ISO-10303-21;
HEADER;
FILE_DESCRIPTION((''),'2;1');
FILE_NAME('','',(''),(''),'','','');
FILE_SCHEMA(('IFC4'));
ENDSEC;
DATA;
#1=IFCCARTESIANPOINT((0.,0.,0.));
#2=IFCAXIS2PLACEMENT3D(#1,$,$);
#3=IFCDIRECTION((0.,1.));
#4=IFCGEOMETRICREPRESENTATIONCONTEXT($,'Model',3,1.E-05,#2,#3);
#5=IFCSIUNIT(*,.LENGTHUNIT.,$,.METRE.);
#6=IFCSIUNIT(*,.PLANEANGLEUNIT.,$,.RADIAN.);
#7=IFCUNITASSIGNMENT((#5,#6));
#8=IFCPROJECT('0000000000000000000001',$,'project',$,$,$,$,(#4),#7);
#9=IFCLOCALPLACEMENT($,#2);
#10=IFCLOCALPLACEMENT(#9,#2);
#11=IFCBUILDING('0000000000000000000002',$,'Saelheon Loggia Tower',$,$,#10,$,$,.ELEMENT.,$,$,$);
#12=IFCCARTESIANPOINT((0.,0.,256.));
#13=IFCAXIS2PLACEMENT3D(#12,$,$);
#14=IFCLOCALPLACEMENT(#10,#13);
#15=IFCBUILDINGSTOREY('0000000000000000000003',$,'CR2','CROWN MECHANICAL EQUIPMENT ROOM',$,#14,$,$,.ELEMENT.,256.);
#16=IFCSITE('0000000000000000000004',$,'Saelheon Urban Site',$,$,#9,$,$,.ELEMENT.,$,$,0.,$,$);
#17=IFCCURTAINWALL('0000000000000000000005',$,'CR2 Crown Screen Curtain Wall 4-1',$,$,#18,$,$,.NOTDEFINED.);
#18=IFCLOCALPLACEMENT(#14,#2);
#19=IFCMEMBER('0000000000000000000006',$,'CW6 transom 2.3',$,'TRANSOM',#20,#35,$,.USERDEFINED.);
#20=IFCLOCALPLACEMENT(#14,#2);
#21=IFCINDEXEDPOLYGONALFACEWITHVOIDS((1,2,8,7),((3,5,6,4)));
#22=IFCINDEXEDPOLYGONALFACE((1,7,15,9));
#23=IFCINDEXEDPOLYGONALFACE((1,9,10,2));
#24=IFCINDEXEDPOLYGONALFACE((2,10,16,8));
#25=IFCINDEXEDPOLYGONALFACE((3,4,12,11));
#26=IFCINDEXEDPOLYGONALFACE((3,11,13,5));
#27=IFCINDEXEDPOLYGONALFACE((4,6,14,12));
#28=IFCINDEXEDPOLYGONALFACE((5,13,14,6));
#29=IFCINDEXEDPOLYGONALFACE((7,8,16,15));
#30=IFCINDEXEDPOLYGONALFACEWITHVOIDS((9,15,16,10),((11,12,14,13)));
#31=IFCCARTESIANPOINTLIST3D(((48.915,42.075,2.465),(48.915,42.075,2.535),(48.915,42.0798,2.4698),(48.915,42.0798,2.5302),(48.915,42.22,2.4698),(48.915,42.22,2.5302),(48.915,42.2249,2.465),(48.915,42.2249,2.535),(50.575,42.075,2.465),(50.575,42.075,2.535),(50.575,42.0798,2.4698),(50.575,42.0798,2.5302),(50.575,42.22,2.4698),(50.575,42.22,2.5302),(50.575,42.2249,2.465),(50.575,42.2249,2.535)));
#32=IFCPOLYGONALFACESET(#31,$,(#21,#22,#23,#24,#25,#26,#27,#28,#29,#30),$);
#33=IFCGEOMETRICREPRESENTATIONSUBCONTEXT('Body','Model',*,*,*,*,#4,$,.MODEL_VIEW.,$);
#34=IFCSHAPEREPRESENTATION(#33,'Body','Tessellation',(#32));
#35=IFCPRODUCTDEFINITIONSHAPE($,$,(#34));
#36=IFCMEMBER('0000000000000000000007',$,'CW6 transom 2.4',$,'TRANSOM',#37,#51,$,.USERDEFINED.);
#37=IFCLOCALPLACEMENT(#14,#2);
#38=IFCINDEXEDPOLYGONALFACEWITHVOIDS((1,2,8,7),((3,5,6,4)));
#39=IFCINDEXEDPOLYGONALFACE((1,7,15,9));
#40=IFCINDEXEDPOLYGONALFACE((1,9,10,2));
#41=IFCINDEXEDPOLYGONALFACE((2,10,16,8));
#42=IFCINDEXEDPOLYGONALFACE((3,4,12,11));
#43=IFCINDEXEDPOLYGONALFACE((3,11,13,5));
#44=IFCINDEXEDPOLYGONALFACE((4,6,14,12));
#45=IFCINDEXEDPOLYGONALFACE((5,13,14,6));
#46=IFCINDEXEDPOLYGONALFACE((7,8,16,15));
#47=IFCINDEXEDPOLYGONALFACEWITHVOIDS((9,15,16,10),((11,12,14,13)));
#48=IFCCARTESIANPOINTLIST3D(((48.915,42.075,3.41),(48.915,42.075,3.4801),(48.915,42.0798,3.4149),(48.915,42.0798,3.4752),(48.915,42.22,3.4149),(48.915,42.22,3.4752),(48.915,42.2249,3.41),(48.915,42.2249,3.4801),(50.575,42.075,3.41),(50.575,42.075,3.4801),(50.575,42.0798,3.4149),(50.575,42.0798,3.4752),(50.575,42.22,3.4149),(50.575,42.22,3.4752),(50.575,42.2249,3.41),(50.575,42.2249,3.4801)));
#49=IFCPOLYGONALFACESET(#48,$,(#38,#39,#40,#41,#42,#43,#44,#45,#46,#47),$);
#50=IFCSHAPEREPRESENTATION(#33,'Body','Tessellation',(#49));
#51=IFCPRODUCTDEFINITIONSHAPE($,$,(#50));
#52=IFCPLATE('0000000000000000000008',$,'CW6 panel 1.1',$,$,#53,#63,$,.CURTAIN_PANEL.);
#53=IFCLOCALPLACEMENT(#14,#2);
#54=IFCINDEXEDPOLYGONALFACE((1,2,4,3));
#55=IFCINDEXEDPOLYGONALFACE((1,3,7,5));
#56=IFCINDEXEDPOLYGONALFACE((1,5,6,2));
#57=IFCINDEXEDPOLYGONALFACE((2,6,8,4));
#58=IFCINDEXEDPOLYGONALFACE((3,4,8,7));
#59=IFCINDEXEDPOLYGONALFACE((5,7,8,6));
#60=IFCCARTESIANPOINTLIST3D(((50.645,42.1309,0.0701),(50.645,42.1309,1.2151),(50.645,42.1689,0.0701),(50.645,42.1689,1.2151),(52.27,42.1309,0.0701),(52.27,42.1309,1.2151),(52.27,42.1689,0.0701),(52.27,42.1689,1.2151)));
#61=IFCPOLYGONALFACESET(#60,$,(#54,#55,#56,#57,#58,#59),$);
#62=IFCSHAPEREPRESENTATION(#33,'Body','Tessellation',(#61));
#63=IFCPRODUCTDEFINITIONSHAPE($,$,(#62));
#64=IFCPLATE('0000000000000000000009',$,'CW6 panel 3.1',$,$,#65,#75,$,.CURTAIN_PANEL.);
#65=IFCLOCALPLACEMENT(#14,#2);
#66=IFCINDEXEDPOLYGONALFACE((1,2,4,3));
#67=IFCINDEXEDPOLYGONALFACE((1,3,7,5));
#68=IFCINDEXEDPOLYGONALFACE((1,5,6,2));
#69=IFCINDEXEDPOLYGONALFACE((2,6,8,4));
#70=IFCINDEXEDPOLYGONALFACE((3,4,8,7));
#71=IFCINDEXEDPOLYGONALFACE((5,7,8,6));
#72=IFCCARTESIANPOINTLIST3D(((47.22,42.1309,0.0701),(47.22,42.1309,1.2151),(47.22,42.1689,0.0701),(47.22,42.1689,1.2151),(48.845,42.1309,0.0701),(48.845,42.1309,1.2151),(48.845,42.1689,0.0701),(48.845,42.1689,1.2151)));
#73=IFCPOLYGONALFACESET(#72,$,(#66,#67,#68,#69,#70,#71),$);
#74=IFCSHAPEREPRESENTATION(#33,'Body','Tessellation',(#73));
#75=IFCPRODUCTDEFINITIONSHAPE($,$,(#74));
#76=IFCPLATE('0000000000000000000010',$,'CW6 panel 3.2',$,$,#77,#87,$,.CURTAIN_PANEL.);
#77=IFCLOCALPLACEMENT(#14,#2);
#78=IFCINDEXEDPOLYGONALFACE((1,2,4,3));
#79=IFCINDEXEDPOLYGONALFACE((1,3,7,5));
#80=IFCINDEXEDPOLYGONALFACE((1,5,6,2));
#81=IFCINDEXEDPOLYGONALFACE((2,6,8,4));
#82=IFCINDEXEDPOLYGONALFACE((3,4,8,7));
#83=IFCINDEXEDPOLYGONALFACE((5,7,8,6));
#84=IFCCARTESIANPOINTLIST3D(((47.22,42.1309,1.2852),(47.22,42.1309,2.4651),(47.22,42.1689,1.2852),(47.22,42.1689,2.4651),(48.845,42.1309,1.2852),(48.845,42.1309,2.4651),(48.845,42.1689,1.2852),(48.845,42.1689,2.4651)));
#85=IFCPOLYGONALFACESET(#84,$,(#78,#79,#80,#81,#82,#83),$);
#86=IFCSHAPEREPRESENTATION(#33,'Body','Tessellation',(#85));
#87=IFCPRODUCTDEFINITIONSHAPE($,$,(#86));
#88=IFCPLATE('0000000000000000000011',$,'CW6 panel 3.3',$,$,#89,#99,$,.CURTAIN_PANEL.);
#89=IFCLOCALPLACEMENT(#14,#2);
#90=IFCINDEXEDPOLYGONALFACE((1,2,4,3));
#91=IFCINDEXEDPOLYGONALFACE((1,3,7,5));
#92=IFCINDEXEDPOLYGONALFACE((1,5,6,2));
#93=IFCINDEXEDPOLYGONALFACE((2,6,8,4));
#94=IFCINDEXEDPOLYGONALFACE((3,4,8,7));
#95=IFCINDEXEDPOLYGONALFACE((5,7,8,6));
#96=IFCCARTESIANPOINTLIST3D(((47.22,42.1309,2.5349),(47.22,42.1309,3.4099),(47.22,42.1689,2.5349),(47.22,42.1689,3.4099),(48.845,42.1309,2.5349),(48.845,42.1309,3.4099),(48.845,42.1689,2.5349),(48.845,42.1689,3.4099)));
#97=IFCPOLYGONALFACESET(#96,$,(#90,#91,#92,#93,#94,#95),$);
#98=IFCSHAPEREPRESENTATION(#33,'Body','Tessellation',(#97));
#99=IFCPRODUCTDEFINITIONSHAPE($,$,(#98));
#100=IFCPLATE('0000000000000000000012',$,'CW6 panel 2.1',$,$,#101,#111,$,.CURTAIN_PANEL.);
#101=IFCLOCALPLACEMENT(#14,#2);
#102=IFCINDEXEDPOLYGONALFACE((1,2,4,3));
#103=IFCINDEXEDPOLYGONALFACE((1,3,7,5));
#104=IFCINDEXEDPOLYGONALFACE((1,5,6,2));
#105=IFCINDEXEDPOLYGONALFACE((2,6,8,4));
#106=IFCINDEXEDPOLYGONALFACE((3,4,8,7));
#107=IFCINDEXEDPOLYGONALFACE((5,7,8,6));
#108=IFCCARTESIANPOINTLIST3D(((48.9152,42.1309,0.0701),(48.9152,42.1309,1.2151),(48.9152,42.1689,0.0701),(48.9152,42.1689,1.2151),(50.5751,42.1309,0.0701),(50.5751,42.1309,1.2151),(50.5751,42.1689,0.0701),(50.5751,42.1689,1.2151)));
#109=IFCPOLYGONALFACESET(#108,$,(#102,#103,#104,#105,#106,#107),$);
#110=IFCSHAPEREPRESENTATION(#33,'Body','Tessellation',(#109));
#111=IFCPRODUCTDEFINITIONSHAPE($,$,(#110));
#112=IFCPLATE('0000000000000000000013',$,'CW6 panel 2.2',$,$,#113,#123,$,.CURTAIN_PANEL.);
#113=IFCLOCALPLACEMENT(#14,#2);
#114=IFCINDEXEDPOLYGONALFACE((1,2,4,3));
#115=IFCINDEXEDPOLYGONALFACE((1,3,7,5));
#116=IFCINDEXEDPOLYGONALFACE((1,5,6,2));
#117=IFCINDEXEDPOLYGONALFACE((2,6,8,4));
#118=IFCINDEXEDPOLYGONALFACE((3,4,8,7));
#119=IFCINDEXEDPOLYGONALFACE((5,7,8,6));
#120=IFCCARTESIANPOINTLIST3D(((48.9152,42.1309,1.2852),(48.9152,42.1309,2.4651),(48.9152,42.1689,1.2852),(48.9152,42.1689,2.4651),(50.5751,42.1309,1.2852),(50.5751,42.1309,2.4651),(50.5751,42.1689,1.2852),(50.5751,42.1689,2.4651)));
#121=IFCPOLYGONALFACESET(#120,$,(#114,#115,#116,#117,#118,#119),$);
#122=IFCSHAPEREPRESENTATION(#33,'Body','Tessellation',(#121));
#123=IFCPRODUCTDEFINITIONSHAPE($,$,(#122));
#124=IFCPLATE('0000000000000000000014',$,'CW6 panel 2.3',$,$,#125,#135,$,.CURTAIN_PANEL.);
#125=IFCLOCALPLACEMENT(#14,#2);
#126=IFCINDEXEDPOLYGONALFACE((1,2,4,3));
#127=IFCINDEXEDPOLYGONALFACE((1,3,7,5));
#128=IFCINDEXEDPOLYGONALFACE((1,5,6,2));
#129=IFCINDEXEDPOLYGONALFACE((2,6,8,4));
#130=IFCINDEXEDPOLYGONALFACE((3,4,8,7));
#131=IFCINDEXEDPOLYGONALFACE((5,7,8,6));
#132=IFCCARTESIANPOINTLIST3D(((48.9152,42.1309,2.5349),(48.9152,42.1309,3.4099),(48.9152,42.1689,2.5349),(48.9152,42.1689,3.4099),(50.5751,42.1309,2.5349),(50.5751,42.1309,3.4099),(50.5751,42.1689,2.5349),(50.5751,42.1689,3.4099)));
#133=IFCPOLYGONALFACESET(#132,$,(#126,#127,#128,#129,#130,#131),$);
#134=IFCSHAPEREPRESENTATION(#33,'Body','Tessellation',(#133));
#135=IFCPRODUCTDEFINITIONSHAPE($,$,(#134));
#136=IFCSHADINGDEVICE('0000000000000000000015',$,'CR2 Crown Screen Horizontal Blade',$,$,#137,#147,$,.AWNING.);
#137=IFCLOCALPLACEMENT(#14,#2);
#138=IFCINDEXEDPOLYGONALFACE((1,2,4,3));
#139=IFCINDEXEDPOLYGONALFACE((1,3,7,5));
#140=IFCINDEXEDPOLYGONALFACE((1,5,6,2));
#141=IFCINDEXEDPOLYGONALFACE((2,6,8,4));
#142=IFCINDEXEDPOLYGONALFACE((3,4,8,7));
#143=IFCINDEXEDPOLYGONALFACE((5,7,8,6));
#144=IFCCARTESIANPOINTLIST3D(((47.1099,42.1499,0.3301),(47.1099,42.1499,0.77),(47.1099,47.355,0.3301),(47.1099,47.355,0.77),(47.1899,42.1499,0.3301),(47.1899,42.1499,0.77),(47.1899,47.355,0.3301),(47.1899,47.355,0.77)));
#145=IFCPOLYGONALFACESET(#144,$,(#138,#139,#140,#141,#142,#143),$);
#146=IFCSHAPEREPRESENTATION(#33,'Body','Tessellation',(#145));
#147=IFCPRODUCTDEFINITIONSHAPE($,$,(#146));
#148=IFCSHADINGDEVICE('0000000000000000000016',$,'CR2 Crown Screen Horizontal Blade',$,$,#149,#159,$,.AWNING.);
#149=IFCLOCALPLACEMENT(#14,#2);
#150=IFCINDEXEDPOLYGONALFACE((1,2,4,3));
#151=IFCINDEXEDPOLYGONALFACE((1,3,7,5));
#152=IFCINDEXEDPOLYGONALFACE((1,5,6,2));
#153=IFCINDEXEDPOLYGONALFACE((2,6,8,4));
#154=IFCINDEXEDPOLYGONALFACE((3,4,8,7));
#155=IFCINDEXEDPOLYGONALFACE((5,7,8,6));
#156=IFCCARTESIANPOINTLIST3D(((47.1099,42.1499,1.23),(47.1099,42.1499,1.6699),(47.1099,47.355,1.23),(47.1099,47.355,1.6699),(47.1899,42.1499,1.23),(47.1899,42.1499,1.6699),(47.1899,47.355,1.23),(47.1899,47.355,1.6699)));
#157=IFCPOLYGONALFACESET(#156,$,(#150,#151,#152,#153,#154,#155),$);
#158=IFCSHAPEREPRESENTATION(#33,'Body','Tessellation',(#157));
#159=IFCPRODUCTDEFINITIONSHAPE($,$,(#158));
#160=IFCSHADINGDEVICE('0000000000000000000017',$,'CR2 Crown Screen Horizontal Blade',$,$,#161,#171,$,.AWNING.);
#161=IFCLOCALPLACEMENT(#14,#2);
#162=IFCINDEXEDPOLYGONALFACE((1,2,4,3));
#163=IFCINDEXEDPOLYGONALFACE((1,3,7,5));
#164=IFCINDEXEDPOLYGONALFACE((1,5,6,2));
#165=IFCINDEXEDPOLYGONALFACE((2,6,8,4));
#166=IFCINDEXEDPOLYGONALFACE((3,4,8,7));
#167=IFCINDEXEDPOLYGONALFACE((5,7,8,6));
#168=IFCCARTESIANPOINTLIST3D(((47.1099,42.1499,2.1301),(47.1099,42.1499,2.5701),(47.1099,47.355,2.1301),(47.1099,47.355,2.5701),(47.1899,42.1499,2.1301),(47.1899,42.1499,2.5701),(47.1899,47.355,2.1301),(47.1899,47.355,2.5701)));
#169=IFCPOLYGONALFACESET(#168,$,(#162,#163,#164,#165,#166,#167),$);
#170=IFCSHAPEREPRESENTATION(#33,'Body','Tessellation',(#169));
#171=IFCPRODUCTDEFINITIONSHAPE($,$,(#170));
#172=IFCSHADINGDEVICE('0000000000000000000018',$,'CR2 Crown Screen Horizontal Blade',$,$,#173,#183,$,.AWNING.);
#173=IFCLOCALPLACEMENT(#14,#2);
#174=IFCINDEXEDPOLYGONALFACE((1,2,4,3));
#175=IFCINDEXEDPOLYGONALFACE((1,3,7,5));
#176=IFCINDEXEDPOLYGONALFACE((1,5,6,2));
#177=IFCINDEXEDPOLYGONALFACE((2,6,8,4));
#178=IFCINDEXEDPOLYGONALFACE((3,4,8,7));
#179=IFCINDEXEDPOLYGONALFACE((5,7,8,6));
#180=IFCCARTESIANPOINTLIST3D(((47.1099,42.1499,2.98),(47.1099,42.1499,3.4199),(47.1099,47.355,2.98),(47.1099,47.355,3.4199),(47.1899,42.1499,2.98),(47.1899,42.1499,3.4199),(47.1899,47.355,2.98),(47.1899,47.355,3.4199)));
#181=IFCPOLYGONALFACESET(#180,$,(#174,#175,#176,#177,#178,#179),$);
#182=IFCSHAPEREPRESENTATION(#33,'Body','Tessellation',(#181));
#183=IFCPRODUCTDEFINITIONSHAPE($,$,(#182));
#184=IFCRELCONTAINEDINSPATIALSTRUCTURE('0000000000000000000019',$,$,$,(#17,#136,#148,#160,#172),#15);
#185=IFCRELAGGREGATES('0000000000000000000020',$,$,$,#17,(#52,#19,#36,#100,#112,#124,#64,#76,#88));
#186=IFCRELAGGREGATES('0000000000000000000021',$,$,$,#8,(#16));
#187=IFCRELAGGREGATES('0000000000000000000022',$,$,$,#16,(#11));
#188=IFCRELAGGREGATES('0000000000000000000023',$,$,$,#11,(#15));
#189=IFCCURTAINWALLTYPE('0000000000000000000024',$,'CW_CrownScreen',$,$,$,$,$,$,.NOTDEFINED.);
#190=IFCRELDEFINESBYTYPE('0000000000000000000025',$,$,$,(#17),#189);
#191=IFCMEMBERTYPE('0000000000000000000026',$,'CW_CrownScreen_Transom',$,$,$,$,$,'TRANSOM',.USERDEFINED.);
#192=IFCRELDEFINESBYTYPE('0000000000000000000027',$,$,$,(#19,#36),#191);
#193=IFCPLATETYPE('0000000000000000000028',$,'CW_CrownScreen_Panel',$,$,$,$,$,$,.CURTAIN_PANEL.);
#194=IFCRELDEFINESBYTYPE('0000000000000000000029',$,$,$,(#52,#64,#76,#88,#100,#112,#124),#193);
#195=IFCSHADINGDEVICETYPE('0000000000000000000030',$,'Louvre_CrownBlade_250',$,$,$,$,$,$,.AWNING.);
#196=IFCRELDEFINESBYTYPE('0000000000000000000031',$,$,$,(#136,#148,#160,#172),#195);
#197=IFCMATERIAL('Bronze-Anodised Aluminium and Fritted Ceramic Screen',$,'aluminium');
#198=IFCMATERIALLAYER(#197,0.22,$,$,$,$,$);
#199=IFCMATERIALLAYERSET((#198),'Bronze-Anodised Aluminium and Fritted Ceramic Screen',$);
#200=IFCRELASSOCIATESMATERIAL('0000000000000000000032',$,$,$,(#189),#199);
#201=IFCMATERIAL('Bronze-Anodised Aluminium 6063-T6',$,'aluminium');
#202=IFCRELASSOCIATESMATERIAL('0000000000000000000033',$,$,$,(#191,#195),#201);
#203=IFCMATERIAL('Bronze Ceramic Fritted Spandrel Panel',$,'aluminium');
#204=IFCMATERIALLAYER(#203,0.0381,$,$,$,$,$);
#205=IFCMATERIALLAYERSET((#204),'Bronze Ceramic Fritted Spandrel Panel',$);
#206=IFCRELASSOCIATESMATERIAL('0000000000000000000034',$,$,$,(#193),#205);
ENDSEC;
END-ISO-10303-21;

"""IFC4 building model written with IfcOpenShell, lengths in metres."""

from ifc_helpers import new_model, si_unit, direction, frame, origin, origin_2d, place, context, subcontext, project, spatial, rectangle, hollow_rectangle, extrude, source, transform, mapped, material, layer, layer_set, material_profile, profile_set, type_object, element, aggregate, save


model = new_model("IFC4")

# Units and contexts
model_context = context("Model", 3, precision=1e-05, world=origin(), true_north=direction((0.0, 1.0)))
body_context = subcontext(model_context, "Body", "Model", "MODEL_VIEW")
ifc_project = project(units=[si_unit("LENGTHUNIT", "METRE"), si_unit("PLANEANGLEUNIT", "RADIAN")], contexts=[model_context])

# Site, building, storey
site_placement = place(None, origin())
site = spatial("IfcSite", under=ifc_project, at=site_placement, Name="Saelheon Urban Site", CompositionType="ELEMENT", RefElevation=0.0)
building_placement = place(site_placement, origin())
building = spatial("IfcBuilding", under=site, at=building_placement, Name="Saelheon Loggia Tower", CompositionType="ELEMENT")
storey_placement = place(building_placement, frame((0.0, 0.0, 256.0)))
storey = spatial("IfcBuildingStorey", under=building, at=storey_placement, Name="CR2", Description="CROWN MECHANICAL EQUIPMENT ROOM", CompositionType="ELEMENT", Elevation=256.0)

# Curtain wall, members, plates
ifc_material_1 = material(Name="Bronze-Anodised Aluminium and Fritted Ceramic Screen", Category="aluminium")
ifc_layer_1 = layer(ifc_material_1, 0.22)
ifc_layer_set_1 = layer_set([ifc_layer_1], Name="Bronze-Anodised Aluminium and Fritted Ceramic Screen")
curtain_wall_type = type_object("IfcCurtainWallType", Name="CW_CrownScreen", PredefinedType="NOTDEFINED", material=ifc_layer_set_1)
curtain_wall_placement = place(storey_placement, origin())
curtain_wall = element("IfcCurtainWall", 1, at=curtain_wall_placement, inside=storey, type_object=curtain_wall_type, Name="CR2 Crown Screen Curtain Wall 4-1", PredefinedType="NOTDEFINED")
ifc_material_2 = material(Name="Bronze-Anodised Aluminium 6063-T6", Category="aluminium")
ifc_material_profile_1 = material_profile(ifc_material_2, hollow_rectangle(XDim=0.0701, YDim=0.1499, WallThickness=0.0049, at=origin_2d()), Name="RHS-150x70x5")
ifc_profile_set_1 = profile_set([ifc_material_profile_1], Name="Bronze-Anodised Aluminium 6063-T6")
member_type_1 = type_object("IfcMemberType", Name="CW_CrownScreen_Transom", ElementType="TRANSOM", PredefinedType="USERDEFINED", material=ifc_profile_set_1)
shared_shape_1 = source(origin(), body_context, "Body", "SweptSolid", [
    extrude(hollow_rectangle(XDim=0.0701, YDim=0.1499, WallThickness=0.0049, at=origin_2d()), origin(), (0.0, 0.0, 1.0), 1.6599),
])
member_1_placement = place(storey_placement, frame((50.575, 42.1499, 2.5), z_axis=(-1.0, 0.0, 0.0), x_axis=(0.0, 0.0, 1.0)))
member_1 = element("IfcMember", 2, at=member_1_placement, type_object=member_type_1, Name="CW6 transom 2.3", ObjectType="TRANSOM", PredefinedType="USERDEFINED", context=body_context, shape_type="MappedRepresentation", body=[
    mapped(shared_shape_1, transform((0.0, 0.0, 0.0), scale=1.0)),
])
member_2_placement = place(storey_placement, frame((50.575, 42.1499, 3.4451), z_axis=(-1.0, 0.0, 0.0), x_axis=(0.0, 0.0, 1.0)))
member_2 = element("IfcMember", 3, at=member_2_placement, type_object=member_type_1, Name="CW6 transom 2.4", ObjectType="TRANSOM", PredefinedType="USERDEFINED", context=body_context, shape_type="MappedRepresentation", body=[
    mapped(shared_shape_1, transform((0.0, 0.0, 0.0), scale=1.0)),
])
ifc_material_3 = material(Name="Bronze Ceramic Fritted Spandrel Panel", Category="aluminium")
ifc_layer_2 = layer(ifc_material_3, 0.0381)
ifc_layer_set_2 = layer_set([ifc_layer_2], Name="Bronze Ceramic Fritted Spandrel Panel")
plate_type = type_object("IfcPlateType", Name="CW_CrownScreen_Panel", PredefinedType="CURTAIN_PANEL", material=ifc_layer_set_2)
shared_shape_2 = source(origin(), body_context, "Body", "SweptSolid", [
    extrude(rectangle(XDim=1.625, YDim=0.0381, at=origin_2d()), origin(), (0.0, 0.0, 1.0), 1.145),
])
plate_1_placement = place(storey_placement, frame((51.4575, 42.1499, 0.0701), z_axis=(0.0, 0.0, 1.0), x_axis=(-1.0, 0.0, 0.0)))
plate_1 = element("IfcPlate", 4, at=plate_1_placement, type_object=plate_type, Name="CW6 panel 1.1", PredefinedType="CURTAIN_PANEL", context=body_context, shape_type="MappedRepresentation", body=[
    mapped(shared_shape_2, transform((0.0, 0.0, 0.0), scale=1.0)),
])
plate_2_placement = place(storey_placement, frame((48.0325, 42.1499, 0.0701), z_axis=(0.0, 0.0, 1.0), x_axis=(-1.0, 0.0, 0.0)))
plate_2 = element("IfcPlate", 5, at=plate_2_placement, type_object=plate_type, Name="CW6 panel 3.1", PredefinedType="CURTAIN_PANEL", context=body_context, shape_type="MappedRepresentation", body=[
    mapped(shared_shape_2, transform((0.0, 0.0, 0.0), scale=1.0)),
])
shared_shape_3 = source(origin(), body_context, "Body", "SweptSolid", [
    extrude(rectangle(XDim=1.625, YDim=0.0381, at=origin_2d()), origin(), (0.0, 0.0, 1.0), 1.1799),
])
plate_3_placement = place(storey_placement, frame((48.0325, 42.1499, 1.2852), z_axis=(0.0, 0.0, 1.0), x_axis=(-1.0, 0.0, 0.0)))
plate_3 = element("IfcPlate", 6, at=plate_3_placement, type_object=plate_type, Name="CW6 panel 3.2", PredefinedType="CURTAIN_PANEL", context=body_context, shape_type="MappedRepresentation", body=[
    mapped(shared_shape_3, transform((0.0, 0.0, 0.0), scale=1.0)),
])
shared_shape_4 = source(origin(), body_context, "Body", "SweptSolid", [
    extrude(rectangle(XDim=1.625, YDim=0.0381, at=origin_2d()), origin(), (0.0, 0.0, 1.0), 0.875),
])
plate_4_placement = place(storey_placement, frame((48.0325, 42.1499, 2.5349), z_axis=(0.0, 0.0, 1.0), x_axis=(-1.0, 0.0, 0.0)))
plate_4 = element("IfcPlate", 7, at=plate_4_placement, type_object=plate_type, Name="CW6 panel 3.3", PredefinedType="CURTAIN_PANEL", context=body_context, shape_type="MappedRepresentation", body=[
    mapped(shared_shape_4, transform((0.0, 0.0, 0.0), scale=1.0)),
])
shared_shape_5 = source(origin(), body_context, "Body", "SweptSolid", [
    extrude(rectangle(XDim=1.6599, YDim=0.0381, at=origin_2d()), origin(), (0.0, 0.0, 1.0), 1.145),
])
plate_5_placement = place(storey_placement, frame((49.7451, 42.1499, 0.0701), z_axis=(0.0, 0.0, 1.0), x_axis=(-1.0, 0.0, 0.0)))
plate_5 = element("IfcPlate", 8, at=plate_5_placement, type_object=plate_type, Name="CW6 panel 2.1", PredefinedType="CURTAIN_PANEL", context=body_context, shape_type="MappedRepresentation", body=[
    mapped(shared_shape_5, transform((0.0, 0.0, 0.0), scale=1.0)),
])
shared_shape_6 = source(origin(), body_context, "Body", "SweptSolid", [
    extrude(rectangle(XDim=1.6599, YDim=0.0381, at=origin_2d()), origin(), (0.0, 0.0, 1.0), 1.1799),
])
plate_6_placement = place(storey_placement, frame((49.7451, 42.1499, 1.2852), z_axis=(0.0, 0.0, 1.0), x_axis=(-1.0, 0.0, 0.0)))
plate_6 = element("IfcPlate", 9, at=plate_6_placement, type_object=plate_type, Name="CW6 panel 2.2", PredefinedType="CURTAIN_PANEL", context=body_context, shape_type="MappedRepresentation", body=[
    mapped(shared_shape_6, transform((0.0, 0.0, 0.0), scale=1.0)),
])
shared_shape_7 = source(origin(), body_context, "Body", "SweptSolid", [
    extrude(rectangle(XDim=1.6599, YDim=0.0381, at=origin_2d()), origin(), (0.0, 0.0, 1.0), 0.875),
])
plate_7_placement = place(storey_placement, frame((49.7451, 42.1499, 2.5349), z_axis=(0.0, 0.0, 1.0), x_axis=(-1.0, 0.0, 0.0)))
plate_7 = element("IfcPlate", 10, at=plate_7_placement, type_object=plate_type, Name="CW6 panel 2.3", PredefinedType="CURTAIN_PANEL", context=body_context, shape_type="MappedRepresentation", body=[
    mapped(shared_shape_7, transform((0.0, 0.0, 0.0), scale=1.0)),
])
aggregate(curtain_wall, [plate_1, member_1, member_2, plate_5, plate_6, plate_7, plate_2, plate_3, plate_4])

# Shading devices
ifc_material_profile_2 = material_profile(ifc_material_2, rectangle(XDim=0.0801, YDim=0.4399, at=origin_2d()), Name="Louvre_CrownBlade_250")
ifc_profile_set_2 = profile_set([ifc_material_profile_2], Name="Bronze-Anodised Aluminium 6063-T6")
shading_device_type = type_object("IfcShadingDeviceType", Name="Louvre_CrownBlade_250", PredefinedType="AWNING", material=ifc_profile_set_2)
shared_shape_8 = source(origin(), body_context, "Body", "SweptSolid", [
    extrude(rectangle(XDim=0.0801, YDim=0.4399, at=origin_2d()), origin(), (0.0, 0.0, 1.0), 5.2051),
])
for number, where, z_axis, x_axis, name in (
    (11, (47.1499, 42.1499, 0.55), (0.0, 1.0, 0.0), (-1.0, 0.0, 0.0), "CR2 Crown Screen Horizontal Blade"),
    (12, (47.1499, 42.1499, 1.45), (0.0, 1.0, 0.0), (-1.0, 0.0, 0.0), "CR2 Crown Screen Horizontal Blade"),
    (13, (47.1499, 42.1499, 2.3501), (0.0, 1.0, 0.0), (-1.0, 0.0, 0.0), "CR2 Crown Screen Horizontal Blade"),
    (14, (47.1499, 42.1499, 3.2), (0.0, 1.0, 0.0), (-1.0, 0.0, 0.0), "CR2 Crown Screen Horizontal Blade"),
):
    element("IfcShadingDevice", number, at=place(storey_placement, frame(where, z_axis=z_axis, x_axis=x_axis)), inside=storey, type_object=shading_device_type, Name=name, PredefinedType="AWNING", context=body_context, shape_type="MappedRepresentation", body=[
        mapped(shared_shape_8, transform((0.0, 0.0, 0.0), scale=1.0)),
    ])

save(model, "model.ifc")
